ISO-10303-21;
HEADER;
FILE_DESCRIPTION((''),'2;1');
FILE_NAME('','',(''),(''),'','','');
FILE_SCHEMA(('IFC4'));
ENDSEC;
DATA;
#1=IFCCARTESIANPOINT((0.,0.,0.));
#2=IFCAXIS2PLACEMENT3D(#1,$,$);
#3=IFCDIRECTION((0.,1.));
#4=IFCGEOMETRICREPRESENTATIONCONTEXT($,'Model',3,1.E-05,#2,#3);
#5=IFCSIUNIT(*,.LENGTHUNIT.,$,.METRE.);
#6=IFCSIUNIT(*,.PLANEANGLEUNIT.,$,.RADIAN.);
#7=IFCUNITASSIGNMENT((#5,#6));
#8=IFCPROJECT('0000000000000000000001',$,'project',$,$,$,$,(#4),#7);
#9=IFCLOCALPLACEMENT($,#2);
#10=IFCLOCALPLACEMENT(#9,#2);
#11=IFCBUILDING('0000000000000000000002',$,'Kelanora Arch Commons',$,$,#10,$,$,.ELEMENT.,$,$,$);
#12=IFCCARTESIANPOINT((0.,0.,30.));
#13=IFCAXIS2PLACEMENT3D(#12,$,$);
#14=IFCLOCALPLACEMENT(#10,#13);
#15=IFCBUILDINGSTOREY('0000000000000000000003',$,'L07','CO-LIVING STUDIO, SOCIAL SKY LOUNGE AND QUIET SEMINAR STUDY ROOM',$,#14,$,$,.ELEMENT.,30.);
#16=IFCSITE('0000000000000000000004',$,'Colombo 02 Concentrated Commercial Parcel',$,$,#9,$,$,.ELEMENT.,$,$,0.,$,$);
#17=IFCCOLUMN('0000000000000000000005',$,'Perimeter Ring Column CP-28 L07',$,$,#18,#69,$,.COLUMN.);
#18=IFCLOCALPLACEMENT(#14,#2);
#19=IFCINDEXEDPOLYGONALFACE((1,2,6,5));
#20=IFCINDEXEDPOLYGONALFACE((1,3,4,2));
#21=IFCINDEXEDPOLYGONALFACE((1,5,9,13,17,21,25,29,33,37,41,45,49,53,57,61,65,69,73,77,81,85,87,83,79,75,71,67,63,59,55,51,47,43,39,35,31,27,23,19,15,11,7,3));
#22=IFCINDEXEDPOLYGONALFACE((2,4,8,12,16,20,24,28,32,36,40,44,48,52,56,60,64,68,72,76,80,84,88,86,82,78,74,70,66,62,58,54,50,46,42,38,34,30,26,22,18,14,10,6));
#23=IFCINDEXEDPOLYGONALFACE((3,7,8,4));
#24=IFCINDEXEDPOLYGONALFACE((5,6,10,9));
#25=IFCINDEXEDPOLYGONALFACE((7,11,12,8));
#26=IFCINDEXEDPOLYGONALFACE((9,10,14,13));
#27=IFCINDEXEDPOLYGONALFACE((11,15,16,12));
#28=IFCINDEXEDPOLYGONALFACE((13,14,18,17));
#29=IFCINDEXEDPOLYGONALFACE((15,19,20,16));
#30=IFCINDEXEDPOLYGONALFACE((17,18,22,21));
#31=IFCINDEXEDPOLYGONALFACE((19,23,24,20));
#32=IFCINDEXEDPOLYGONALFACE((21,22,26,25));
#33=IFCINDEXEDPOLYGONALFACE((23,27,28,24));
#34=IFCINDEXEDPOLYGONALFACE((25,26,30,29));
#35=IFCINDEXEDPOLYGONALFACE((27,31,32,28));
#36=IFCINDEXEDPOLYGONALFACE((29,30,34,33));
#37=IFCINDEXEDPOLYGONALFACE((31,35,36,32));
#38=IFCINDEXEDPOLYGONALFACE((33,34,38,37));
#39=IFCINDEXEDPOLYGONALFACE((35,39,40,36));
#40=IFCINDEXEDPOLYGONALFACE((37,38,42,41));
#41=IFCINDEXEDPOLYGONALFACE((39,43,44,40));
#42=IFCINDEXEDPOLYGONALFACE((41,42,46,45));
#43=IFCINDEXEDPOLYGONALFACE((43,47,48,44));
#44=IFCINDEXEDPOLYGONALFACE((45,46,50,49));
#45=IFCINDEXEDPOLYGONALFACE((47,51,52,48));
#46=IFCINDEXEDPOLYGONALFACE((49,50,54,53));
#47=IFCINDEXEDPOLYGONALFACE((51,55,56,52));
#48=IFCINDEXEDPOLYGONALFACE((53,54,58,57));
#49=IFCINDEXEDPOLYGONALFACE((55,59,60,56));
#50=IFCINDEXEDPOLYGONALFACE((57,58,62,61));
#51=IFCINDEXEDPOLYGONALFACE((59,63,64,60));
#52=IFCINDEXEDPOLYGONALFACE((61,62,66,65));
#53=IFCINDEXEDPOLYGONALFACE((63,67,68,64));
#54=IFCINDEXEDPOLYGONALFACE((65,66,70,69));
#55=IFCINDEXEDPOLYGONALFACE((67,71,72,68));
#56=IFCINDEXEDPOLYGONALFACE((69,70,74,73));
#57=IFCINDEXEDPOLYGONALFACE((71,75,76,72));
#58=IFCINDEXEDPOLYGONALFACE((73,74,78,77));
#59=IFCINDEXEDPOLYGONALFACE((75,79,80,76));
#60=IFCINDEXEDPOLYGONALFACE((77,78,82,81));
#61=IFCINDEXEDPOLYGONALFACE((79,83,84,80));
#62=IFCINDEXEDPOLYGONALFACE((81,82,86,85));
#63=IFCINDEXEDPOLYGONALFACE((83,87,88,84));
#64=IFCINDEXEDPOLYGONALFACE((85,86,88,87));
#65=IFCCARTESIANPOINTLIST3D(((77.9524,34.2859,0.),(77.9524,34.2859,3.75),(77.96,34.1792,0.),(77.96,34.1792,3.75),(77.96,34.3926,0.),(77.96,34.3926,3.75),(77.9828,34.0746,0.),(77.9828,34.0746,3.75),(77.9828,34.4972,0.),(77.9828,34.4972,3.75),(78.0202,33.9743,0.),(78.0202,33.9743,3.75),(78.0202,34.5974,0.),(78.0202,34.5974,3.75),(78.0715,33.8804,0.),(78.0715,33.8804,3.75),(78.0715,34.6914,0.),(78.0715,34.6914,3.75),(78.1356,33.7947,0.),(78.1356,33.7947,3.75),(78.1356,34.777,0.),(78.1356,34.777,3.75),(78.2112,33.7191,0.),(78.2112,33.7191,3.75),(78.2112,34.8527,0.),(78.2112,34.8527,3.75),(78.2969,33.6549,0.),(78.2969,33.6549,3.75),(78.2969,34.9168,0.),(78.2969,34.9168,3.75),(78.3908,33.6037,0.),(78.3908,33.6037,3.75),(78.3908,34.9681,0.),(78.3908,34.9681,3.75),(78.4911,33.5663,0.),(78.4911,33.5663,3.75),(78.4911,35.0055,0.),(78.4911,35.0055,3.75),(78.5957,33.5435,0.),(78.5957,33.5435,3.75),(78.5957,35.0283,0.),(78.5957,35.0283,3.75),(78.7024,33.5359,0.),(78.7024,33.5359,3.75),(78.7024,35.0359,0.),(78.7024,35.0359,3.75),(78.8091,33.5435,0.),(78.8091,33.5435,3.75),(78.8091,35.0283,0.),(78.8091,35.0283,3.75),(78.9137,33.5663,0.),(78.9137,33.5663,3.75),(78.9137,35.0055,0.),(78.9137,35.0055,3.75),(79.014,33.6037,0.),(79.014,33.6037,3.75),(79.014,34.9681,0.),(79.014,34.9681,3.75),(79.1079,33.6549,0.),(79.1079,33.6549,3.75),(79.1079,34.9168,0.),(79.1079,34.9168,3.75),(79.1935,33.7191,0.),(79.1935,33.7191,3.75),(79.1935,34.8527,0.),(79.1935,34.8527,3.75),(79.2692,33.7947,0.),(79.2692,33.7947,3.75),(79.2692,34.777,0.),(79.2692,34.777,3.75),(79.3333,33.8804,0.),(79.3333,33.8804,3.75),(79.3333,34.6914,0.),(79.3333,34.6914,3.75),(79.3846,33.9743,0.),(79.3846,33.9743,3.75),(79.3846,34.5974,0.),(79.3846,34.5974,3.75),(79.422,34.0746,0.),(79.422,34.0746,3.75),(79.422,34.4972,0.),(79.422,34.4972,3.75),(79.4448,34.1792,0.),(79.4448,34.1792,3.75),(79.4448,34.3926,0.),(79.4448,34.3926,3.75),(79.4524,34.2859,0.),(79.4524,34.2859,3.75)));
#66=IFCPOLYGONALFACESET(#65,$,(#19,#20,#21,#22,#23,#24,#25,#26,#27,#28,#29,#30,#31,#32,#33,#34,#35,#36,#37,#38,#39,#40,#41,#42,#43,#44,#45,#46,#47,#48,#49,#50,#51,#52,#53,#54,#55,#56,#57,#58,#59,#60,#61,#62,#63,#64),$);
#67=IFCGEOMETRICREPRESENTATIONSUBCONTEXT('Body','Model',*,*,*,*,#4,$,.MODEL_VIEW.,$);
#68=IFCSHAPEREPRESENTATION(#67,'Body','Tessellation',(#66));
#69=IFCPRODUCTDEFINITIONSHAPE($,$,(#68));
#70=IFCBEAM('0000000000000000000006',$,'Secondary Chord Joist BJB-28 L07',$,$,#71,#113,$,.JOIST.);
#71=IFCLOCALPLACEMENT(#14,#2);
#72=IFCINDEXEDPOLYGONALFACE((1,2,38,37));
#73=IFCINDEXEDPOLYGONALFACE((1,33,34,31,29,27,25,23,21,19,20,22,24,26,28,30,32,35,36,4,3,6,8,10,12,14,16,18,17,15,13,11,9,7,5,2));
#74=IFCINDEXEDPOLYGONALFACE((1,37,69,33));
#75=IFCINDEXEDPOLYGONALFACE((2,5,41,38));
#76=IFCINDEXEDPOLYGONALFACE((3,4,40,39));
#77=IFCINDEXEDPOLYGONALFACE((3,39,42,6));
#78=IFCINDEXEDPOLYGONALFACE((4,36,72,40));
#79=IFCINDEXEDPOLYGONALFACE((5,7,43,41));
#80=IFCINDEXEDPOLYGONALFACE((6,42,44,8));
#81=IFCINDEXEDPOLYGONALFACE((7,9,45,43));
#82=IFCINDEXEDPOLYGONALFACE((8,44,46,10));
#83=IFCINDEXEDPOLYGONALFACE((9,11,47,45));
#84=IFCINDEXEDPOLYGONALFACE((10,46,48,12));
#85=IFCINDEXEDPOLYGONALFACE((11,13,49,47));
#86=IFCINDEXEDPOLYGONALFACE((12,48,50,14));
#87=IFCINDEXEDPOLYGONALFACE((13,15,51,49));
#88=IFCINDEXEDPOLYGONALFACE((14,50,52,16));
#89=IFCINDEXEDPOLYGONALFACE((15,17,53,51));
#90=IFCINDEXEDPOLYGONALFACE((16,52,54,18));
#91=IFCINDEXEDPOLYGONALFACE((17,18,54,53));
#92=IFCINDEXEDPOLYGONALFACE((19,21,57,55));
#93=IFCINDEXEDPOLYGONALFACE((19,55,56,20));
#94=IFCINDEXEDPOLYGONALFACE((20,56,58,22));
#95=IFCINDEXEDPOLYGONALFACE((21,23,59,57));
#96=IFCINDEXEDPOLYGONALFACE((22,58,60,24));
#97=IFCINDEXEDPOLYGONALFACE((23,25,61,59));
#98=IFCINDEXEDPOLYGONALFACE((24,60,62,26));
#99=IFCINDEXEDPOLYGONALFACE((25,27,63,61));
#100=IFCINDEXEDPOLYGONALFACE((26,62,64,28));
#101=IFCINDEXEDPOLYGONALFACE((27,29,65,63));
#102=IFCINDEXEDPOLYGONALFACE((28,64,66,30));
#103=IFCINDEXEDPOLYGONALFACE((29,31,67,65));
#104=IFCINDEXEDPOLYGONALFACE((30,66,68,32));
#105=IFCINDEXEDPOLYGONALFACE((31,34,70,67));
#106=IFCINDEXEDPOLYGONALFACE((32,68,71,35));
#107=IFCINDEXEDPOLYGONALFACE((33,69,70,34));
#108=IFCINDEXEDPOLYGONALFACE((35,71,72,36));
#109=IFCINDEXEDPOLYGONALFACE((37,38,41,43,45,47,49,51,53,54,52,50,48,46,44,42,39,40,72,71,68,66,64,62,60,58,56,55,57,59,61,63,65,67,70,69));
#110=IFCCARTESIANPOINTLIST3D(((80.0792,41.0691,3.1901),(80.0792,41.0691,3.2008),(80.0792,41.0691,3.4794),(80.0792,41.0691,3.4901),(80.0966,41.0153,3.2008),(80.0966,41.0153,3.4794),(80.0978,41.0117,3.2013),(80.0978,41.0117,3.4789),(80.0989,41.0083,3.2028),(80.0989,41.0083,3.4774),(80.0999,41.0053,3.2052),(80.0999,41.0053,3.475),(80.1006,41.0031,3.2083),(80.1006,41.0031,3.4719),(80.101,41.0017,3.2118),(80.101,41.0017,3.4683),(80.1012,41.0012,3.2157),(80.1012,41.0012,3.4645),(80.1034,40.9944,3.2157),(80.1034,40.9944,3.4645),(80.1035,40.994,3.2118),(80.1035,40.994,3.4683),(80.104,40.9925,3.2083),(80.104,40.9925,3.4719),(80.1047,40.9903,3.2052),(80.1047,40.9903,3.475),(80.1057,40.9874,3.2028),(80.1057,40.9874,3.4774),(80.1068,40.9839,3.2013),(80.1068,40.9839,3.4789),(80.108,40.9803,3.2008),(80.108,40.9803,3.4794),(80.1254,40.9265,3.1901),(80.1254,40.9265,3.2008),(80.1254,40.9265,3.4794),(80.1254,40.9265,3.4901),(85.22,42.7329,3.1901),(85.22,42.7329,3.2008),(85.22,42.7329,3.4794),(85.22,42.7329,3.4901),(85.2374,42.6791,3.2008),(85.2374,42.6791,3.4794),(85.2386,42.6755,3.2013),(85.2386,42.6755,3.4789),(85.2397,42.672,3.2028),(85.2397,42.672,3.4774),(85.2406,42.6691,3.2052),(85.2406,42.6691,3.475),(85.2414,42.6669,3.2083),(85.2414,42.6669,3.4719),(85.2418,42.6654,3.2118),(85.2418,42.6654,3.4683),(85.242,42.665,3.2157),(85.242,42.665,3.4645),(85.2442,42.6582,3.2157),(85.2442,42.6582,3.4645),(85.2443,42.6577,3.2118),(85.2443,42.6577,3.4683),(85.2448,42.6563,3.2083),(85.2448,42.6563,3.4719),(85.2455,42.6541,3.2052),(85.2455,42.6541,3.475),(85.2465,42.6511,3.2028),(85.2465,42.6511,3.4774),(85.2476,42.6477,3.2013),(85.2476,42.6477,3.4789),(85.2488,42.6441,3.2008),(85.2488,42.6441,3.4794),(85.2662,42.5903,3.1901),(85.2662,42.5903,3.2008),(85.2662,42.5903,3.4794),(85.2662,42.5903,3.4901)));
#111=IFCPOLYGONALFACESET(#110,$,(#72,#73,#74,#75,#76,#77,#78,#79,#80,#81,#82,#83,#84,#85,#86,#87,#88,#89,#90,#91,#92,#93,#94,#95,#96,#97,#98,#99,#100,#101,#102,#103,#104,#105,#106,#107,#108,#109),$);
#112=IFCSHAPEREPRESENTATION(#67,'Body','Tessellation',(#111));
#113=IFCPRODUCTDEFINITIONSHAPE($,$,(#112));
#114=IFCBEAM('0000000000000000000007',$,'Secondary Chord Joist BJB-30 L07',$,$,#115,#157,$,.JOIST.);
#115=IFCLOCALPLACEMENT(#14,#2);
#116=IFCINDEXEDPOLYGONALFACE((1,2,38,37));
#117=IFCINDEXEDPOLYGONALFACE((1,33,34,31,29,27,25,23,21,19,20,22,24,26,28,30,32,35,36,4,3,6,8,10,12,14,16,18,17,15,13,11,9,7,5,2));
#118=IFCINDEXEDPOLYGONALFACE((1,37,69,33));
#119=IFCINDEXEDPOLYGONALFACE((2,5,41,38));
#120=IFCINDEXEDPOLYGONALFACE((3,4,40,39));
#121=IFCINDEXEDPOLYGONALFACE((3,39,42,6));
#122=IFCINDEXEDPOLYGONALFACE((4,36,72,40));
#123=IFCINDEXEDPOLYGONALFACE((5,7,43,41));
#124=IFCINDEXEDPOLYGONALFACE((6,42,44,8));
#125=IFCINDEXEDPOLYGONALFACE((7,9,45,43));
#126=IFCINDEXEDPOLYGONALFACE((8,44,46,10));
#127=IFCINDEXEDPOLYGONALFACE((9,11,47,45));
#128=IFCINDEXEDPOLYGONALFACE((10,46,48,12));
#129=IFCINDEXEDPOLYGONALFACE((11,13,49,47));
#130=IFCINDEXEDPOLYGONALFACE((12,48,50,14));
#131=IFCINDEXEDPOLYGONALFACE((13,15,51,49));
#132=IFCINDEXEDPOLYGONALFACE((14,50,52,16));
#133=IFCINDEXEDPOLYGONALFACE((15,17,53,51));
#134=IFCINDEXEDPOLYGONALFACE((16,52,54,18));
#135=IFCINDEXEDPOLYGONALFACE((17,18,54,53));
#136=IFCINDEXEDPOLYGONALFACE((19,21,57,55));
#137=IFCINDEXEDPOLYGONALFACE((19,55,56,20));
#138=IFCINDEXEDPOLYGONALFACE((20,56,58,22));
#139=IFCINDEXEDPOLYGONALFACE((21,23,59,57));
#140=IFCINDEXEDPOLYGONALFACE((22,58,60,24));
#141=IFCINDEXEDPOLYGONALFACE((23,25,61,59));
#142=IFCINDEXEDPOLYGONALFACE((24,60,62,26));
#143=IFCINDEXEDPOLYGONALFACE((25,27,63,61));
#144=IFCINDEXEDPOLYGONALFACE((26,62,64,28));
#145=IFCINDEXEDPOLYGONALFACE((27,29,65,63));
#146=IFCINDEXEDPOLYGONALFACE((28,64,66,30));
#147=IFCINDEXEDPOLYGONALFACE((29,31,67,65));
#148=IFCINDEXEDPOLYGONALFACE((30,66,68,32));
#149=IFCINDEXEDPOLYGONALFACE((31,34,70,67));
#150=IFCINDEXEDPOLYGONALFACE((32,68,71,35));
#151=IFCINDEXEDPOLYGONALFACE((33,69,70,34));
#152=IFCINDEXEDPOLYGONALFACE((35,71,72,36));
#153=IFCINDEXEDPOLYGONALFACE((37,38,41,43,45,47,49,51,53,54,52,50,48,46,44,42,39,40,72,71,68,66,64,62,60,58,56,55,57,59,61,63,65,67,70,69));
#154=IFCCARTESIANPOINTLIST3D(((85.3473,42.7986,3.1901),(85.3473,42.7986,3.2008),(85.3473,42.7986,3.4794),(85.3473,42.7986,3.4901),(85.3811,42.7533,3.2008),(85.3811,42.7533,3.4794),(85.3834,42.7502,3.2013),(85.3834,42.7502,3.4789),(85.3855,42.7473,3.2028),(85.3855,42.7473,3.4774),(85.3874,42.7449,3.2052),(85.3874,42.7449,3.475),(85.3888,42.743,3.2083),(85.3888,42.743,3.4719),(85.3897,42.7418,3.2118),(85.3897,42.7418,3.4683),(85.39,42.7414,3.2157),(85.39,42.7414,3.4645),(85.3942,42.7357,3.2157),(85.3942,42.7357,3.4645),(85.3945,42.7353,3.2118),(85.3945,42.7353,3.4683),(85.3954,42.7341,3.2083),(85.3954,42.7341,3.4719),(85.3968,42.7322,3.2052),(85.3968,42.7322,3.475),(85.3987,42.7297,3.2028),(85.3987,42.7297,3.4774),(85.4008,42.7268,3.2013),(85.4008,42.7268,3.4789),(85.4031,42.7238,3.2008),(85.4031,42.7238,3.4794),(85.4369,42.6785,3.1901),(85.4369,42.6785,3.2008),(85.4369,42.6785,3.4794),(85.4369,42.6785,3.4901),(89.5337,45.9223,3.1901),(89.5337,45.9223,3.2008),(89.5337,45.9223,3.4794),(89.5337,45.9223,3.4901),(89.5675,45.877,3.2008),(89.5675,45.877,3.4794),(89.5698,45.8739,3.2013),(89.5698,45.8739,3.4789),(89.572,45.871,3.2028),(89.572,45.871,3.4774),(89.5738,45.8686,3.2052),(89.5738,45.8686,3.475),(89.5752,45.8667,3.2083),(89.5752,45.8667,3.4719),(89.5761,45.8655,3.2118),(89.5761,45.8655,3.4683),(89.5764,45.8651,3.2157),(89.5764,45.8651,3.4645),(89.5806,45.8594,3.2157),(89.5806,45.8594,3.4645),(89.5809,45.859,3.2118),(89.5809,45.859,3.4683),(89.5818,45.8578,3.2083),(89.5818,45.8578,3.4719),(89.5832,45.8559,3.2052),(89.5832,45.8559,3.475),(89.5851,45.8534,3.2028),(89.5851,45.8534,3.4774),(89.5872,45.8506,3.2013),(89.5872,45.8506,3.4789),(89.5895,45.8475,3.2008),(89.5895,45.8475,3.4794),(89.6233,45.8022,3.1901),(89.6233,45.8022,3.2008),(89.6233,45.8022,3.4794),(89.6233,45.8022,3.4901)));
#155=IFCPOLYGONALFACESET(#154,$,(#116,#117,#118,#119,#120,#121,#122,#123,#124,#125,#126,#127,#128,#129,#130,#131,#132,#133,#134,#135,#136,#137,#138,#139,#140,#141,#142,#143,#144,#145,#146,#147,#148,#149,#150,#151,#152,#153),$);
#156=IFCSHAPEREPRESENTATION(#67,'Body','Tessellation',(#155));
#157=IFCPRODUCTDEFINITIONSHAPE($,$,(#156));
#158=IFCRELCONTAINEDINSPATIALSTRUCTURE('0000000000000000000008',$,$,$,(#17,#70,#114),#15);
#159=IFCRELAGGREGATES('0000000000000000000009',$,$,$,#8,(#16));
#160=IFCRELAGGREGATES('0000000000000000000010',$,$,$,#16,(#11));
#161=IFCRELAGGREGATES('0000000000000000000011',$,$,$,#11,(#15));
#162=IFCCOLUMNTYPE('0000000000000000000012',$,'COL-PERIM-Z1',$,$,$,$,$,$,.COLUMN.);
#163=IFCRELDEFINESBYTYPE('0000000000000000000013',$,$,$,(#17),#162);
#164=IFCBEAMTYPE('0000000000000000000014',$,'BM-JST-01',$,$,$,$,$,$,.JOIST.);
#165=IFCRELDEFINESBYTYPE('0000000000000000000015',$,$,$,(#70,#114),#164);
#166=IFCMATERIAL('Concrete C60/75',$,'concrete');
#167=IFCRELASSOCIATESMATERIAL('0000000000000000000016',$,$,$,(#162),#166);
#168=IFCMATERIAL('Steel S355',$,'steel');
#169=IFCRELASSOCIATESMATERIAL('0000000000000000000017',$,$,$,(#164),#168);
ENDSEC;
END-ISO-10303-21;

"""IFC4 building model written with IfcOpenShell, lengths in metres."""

from ifc_helpers import new_model, si_unit, direction, frame, origin, origin_2d, place, context, subcontext, project, spatial, circle, i_section, extrude, material, material_profile, profile_set, type_object, element, save


model = new_model("IFC4")

# Units and contexts
model_context = context("Model", 3, precision=1e-05, world=origin(), true_north=direction((0.0, 1.0)))
body_context = subcontext(model_context, "Body", "Model", "MODEL_VIEW")
ifc_project = project(units=[si_unit("LENGTHUNIT", "METRE"), si_unit("PLANEANGLEUNIT", "RADIAN")], contexts=[model_context])

# Site, building, storey
site_placement = place(None, origin())
site = spatial("IfcSite", under=ifc_project, at=site_placement, Name="Colombo 02 Concentrated Commercial Parcel", CompositionType="ELEMENT", RefElevation=0.0)
building_placement = place(site_placement, origin())
building = spatial("IfcBuilding", under=site, at=building_placement, Name="Kelanora Arch Commons", CompositionType="ELEMENT")
storey_placement = place(building_placement, frame((0.0, 0.0, 30.0)))
storey = spatial("IfcBuildingStorey", under=building, at=storey_placement, Name="L07", Description="CO-LIVING STUDIO, SOCIAL SKY LOUNGE AND QUIET SEMINAR STUDY ROOM", CompositionType="ELEMENT", Elevation=30.0)

# Column
ifc_material_1 = material(Name="Concrete C60/75", Category="concrete")
ifc_material_profile_1 = material_profile(ifc_material_1, circle(Radius=0.75, at=origin_2d()), Name="RCC1500")
ifc_profile_set_1 = profile_set([ifc_material_profile_1], Name="Concrete C60/75")
column_type = type_object("IfcColumnType", Name="COL-PERIM-Z1", PredefinedType="COLUMN", material=ifc_profile_set_1)
column_placement = place(storey_placement, frame((78.7024, 34.2859, 0.0), z_axis=(0.0, 0.0, 1.0), x_axis=(1.0, 0.0, 0.0)))
element("IfcColumn", 1, at=column_placement, inside=storey, type_object=column_type, Name="Perimeter Ring Column CP-28 L07", PredefinedType="COLUMN", context=body_context, shape_type="SweptSolid", body=[
    extrude(circle(Radius=0.75, at=origin_2d()), origin(), (0.0, 0.0, 1.0), 3.75),
])

# Beams
ifc_material_2 = material(Name="Steel S355", Category="steel")
ifc_material_profile_2 = material_profile(ifc_material_2, i_section(OverallWidth=0.1499, OverallDepth=0.3, WebThickness=0.0071, FlangeThickness=0.0107, FilletRadius=0.0149, at=origin_2d()), Name="IPE300")
ifc_profile_set_2 = profile_set([ifc_material_profile_2], Name="Steel S355")
beam_type_1 = type_object("IfcBeamType", Name="BM-JST-01", PredefinedType="JOIST", material=ifc_profile_set_2)
beam_1_placement = place(storey_placement, frame((80.1023, 40.9978, 3.3401), z_axis=(0.951412, 0.30792, 0.0), x_axis=(-0.30792, 0.951412, 0.0)))
element("IfcBeam", 2, at=beam_1_placement, inside=storey, type_object=beam_type_1, Name="Secondary Chord Joist BJB-28 L07", PredefinedType="JOIST", context=body_context, shape_type="SweptSolid", body=[
    extrude(i_section(OverallWidth=0.1499, OverallDepth=0.3, WebThickness=0.0071, FlangeThickness=0.0107, FilletRadius=0.0149, at=origin_2d()), origin(), (0.0, 0.0, 1.0), 5.4033),
])
beam_2_placement = place(storey_placement, frame((85.3921, 42.7385, 3.3401), z_axis=(0.801478, 0.598024, 0.0), x_axis=(-0.598024, 0.801478, 0.0)))
element("IfcBeam", 3, at=beam_2_placement, inside=storey, type_object=beam_type_1, Name="Secondary Chord Joist BJB-30 L07", PredefinedType="JOIST", context=body_context, shape_type="SweptSolid", body=[
    extrude(i_section(OverallWidth=0.1499, OverallDepth=0.3, WebThickness=0.0071, FlangeThickness=0.0107, FilletRadius=0.0149, at=origin_2d()), origin(), (0.0, 0.0, 1.0), 5.2234),
])

save(model, "model.ifc")
